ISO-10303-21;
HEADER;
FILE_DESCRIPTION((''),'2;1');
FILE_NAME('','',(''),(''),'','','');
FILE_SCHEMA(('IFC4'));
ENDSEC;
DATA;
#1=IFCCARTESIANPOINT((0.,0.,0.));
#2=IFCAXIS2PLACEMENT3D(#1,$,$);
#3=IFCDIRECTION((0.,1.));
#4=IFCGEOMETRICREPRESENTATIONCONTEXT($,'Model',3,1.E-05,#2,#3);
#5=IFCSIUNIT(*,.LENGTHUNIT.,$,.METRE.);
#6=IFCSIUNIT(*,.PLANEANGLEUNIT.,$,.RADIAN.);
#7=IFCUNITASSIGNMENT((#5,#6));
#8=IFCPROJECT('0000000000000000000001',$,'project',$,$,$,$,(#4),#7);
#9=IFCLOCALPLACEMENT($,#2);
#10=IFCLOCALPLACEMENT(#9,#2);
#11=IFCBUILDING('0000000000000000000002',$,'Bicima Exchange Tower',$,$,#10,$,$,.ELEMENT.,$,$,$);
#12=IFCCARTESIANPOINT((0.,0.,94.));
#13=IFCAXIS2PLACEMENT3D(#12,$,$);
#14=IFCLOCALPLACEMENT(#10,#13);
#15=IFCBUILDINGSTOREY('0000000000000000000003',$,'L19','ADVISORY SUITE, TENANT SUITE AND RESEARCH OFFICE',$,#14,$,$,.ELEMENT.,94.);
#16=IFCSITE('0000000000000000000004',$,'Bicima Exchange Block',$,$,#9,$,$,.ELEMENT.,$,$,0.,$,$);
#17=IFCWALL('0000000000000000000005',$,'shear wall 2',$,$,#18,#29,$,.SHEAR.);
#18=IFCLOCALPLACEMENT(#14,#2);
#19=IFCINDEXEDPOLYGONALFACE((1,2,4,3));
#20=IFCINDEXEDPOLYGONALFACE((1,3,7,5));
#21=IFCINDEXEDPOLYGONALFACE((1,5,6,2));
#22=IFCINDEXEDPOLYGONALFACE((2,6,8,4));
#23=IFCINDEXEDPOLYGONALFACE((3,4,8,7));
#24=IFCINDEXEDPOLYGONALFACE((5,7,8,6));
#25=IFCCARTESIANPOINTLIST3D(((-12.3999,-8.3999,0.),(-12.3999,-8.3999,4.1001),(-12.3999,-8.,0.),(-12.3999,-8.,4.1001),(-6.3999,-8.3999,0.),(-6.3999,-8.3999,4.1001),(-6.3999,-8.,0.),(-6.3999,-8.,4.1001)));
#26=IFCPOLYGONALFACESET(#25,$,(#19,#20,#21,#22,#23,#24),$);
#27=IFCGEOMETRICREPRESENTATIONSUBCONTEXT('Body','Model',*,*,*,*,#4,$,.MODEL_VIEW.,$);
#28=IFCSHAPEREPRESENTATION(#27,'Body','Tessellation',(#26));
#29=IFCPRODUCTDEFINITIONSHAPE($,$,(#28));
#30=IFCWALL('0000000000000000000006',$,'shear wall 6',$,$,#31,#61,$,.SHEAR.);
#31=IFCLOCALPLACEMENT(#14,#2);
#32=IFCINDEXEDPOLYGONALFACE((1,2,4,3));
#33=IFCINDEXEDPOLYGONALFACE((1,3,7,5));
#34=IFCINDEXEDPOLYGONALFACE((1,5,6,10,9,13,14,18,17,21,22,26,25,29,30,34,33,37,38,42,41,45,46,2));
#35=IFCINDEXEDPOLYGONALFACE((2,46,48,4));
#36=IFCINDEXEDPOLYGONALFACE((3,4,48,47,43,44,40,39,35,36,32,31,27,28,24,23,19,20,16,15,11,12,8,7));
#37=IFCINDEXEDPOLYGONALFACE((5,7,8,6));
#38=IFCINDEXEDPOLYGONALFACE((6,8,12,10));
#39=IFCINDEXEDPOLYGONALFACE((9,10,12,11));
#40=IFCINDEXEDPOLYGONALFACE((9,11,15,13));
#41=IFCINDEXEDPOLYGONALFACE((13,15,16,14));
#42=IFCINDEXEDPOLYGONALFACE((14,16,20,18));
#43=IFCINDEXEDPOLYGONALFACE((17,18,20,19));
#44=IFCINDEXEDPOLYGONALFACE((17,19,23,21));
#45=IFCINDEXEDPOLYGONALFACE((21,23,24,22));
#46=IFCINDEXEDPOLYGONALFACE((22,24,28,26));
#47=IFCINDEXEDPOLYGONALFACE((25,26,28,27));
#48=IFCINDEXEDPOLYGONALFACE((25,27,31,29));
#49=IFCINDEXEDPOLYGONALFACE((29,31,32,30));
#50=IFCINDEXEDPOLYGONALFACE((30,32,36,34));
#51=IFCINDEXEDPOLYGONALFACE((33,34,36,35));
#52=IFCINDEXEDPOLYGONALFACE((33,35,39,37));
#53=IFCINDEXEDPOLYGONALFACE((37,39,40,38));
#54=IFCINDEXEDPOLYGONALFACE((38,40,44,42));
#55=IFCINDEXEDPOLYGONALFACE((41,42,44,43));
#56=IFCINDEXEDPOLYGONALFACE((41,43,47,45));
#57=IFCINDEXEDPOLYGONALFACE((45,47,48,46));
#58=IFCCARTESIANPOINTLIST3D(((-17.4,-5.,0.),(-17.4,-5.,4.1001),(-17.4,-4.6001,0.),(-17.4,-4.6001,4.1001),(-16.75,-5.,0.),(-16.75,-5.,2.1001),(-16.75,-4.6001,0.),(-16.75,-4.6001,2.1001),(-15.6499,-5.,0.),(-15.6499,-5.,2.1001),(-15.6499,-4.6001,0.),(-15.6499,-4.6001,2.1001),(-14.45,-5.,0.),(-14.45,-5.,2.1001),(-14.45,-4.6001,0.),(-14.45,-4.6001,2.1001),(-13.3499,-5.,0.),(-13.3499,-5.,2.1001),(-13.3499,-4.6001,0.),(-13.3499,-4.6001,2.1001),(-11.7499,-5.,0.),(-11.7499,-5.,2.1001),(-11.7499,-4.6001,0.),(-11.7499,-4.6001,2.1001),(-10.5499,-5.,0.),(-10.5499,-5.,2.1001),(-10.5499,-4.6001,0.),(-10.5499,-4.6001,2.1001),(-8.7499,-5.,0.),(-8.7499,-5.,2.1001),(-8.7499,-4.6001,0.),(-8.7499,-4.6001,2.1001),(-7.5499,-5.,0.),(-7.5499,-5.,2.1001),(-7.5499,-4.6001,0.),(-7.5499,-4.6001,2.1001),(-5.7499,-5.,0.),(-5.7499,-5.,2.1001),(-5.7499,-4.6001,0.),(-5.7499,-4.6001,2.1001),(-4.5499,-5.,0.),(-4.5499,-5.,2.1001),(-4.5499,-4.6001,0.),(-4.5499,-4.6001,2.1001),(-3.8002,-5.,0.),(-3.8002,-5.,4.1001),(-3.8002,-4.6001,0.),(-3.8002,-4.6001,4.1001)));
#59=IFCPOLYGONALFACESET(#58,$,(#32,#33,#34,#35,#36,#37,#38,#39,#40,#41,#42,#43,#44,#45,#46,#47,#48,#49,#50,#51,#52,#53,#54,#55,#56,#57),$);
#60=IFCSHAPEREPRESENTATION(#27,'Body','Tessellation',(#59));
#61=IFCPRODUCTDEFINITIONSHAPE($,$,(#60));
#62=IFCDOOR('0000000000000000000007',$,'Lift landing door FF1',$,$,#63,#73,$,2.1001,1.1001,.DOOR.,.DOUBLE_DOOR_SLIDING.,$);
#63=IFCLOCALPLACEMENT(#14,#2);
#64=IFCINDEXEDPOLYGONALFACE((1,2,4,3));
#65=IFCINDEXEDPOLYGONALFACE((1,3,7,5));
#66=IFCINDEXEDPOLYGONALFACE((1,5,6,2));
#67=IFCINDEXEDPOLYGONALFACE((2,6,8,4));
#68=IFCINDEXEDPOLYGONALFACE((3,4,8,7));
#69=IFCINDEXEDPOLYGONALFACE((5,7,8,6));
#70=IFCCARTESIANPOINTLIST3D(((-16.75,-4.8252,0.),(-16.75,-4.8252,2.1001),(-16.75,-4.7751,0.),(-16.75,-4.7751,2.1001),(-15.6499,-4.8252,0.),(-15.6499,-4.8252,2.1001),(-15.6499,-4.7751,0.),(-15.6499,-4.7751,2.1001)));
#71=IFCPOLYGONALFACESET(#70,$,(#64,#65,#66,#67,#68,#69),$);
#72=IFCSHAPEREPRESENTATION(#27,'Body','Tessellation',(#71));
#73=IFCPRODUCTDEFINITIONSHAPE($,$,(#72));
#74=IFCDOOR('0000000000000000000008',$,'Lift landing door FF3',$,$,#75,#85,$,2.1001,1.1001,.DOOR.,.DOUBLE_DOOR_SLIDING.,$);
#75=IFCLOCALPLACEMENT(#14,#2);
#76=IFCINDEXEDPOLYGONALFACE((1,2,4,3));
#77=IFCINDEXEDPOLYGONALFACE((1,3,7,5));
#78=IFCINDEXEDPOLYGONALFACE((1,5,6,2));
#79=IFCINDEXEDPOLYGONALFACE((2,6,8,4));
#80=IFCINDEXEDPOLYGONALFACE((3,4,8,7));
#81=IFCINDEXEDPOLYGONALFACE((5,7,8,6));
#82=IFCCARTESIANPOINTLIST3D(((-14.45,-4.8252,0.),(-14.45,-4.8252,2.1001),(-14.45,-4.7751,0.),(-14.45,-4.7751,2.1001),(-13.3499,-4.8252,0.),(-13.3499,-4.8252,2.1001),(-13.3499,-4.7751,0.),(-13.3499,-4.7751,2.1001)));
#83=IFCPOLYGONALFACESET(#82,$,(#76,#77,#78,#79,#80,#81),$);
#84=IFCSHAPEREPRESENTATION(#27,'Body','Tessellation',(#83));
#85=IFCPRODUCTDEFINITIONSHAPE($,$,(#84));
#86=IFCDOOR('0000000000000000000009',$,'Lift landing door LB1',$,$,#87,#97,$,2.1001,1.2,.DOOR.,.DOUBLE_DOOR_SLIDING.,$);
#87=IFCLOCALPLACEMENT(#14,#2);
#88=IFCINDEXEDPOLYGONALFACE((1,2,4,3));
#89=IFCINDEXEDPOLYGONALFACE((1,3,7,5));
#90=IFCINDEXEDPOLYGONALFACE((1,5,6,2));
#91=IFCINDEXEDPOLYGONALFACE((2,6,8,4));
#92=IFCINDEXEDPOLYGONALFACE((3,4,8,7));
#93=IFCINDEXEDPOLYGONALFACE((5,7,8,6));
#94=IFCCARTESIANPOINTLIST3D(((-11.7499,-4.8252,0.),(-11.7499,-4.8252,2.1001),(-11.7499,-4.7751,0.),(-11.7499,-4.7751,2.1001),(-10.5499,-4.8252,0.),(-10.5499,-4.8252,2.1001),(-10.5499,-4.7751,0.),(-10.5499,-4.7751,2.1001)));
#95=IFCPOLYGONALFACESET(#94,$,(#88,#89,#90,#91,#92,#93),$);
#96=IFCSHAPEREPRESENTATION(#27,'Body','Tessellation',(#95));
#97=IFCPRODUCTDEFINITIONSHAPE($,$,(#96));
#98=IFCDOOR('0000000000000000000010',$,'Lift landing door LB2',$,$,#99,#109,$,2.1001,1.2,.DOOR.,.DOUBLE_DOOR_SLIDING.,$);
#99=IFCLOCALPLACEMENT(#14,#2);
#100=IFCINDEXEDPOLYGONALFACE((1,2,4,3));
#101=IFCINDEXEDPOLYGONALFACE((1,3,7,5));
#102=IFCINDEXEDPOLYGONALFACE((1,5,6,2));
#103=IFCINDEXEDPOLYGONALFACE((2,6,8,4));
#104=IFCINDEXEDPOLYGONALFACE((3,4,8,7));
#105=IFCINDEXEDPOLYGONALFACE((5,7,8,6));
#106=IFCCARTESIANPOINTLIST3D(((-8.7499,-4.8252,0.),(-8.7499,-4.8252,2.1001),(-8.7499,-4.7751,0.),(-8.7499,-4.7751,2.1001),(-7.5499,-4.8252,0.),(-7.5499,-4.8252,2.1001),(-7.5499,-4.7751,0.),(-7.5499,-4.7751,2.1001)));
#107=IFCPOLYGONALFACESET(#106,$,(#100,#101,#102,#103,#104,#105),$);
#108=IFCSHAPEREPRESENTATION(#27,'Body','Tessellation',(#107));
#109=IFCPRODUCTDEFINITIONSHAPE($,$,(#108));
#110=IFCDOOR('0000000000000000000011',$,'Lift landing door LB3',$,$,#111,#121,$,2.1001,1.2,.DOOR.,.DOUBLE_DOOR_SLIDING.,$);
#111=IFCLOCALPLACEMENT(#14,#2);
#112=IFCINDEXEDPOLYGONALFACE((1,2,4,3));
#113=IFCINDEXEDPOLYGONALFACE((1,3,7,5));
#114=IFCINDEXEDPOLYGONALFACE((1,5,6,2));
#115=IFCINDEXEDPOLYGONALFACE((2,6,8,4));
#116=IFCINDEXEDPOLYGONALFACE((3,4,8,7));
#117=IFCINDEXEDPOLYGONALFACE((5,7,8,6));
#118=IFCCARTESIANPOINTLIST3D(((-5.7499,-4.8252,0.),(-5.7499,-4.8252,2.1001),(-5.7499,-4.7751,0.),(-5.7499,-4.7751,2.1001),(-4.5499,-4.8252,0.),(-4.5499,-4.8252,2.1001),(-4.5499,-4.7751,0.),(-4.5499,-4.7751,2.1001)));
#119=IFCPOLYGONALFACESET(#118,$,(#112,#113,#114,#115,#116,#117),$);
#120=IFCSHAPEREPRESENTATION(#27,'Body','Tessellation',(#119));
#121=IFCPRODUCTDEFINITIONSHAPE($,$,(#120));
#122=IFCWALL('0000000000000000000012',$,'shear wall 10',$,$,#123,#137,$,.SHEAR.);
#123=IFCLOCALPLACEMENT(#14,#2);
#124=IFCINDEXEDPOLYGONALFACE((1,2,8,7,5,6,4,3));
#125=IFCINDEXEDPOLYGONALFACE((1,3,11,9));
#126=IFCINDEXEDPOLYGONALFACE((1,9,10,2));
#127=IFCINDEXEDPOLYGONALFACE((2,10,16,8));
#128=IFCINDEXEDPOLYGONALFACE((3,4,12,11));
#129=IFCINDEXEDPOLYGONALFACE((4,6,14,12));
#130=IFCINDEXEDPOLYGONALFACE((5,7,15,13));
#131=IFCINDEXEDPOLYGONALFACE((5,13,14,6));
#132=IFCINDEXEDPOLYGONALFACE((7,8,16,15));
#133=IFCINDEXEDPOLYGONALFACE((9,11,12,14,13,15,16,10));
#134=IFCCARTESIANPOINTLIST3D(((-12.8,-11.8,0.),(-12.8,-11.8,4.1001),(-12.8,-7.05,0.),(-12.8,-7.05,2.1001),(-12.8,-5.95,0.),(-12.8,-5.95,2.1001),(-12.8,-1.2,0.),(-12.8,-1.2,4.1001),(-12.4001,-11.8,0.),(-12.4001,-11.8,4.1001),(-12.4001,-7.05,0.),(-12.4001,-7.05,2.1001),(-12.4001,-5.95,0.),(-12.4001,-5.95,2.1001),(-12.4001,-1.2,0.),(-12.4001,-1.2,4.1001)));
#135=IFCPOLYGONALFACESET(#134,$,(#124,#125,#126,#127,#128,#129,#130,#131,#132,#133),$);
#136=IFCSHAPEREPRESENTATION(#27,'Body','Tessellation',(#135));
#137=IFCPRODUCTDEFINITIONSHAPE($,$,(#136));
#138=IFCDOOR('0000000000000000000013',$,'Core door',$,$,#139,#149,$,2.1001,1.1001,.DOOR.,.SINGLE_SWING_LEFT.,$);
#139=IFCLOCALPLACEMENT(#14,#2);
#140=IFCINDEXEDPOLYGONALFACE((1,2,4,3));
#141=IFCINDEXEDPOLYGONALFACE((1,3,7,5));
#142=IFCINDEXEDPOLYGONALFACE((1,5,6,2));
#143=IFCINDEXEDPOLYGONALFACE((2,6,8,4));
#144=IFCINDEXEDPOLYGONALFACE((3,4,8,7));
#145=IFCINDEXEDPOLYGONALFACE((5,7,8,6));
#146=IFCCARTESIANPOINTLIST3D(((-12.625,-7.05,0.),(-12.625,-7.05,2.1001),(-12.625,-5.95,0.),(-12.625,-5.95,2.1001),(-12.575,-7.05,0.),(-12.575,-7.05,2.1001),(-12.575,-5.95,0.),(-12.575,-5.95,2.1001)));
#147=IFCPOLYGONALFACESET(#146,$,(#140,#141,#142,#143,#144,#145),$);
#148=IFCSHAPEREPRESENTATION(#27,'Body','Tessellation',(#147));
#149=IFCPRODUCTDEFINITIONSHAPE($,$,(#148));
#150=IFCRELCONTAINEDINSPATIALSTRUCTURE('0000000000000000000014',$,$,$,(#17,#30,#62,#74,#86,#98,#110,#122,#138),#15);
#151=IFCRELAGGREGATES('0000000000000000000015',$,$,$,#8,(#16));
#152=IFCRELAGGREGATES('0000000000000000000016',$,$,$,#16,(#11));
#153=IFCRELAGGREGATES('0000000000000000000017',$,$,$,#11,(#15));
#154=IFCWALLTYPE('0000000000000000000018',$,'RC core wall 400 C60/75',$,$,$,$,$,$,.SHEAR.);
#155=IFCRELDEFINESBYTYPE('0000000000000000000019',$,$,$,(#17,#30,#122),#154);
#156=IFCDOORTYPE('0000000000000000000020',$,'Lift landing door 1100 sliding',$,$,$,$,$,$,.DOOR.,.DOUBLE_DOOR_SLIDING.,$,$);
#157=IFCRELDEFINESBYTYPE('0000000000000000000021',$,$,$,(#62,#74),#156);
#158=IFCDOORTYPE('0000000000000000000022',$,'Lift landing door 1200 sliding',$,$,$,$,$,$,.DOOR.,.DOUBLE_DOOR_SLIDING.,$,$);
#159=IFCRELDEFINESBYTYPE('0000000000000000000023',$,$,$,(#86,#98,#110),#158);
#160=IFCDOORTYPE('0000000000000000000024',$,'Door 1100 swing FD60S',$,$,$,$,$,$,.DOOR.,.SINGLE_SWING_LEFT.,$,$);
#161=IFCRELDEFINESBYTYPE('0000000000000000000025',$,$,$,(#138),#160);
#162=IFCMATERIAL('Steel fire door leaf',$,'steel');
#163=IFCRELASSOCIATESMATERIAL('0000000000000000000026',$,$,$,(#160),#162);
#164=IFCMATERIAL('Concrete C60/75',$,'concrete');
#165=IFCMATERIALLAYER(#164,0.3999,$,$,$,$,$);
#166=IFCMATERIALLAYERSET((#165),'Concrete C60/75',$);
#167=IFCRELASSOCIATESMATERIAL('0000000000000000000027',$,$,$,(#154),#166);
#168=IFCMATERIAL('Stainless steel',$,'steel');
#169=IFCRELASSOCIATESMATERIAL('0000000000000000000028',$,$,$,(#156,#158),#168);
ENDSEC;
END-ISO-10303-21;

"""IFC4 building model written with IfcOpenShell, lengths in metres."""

from ifc_helpers import new_model, si_unit, direction, frame, frame_2d, origin, place, context, subcontext, project, spatial, rectangle, extrude, material, layer, layer_set, type_object, element, fill, save


model = new_model("IFC4")

# Units and contexts
model_context = context("Model", 3, precision=1e-05, world=origin(), true_north=direction((0.0, 1.0)))
body_context = subcontext(model_context, "Body", "Model", "MODEL_VIEW")
ifc_project = project(units=[si_unit("LENGTHUNIT", "METRE"), si_unit("PLANEANGLEUNIT", "RADIAN")], contexts=[model_context])

# Site, building, storey
site_placement = place(None, origin())
site = spatial("IfcSite", under=ifc_project, at=site_placement, Name="Bicima Exchange Block", CompositionType="ELEMENT", RefElevation=0.0)
building_placement = place(site_placement, origin())
building = spatial("IfcBuilding", under=site, at=building_placement, Name="Bicima Exchange Tower", CompositionType="ELEMENT")
storey_placement = place(building_placement, frame((0.0, 0.0, 94.0)))
storey = spatial("IfcBuildingStorey", under=building, at=storey_placement, Name="L19", Description="ADVISORY SUITE, TENANT SUITE AND RESEARCH OFFICE", CompositionType="ELEMENT", Elevation=94.0)

# Shared definitions
ifc_material_1 = material(Name="Concrete C60/75", Category="concrete")

# Shared definitions
ifc_material_2 = material(Name="Steel fire door leaf", Category="steel")

# Shared definitions
door_type_1 = type_object("IfcDoorType", Name="Door 1100 swing FD60S", OperationType="SINGLE_SWING_LEFT", PredefinedType="DOOR", material=ifc_material_2)

# Wall
ifc_layer_1 = layer(ifc_material_1, 0.3999)
ifc_layer_set_1 = layer_set([ifc_layer_1], Name="Concrete C60/75")
wall_type_1 = type_object("IfcWallType", Name="RC core wall 400 C60/75", PredefinedType="SHEAR", material=ifc_layer_set_1)
wall_1_placement = place(storey_placement, frame((-12.3999, -8.2, 0.0), z_axis=(0.0, 0.0, 1.0), x_axis=(1.0, 0.0, 0.0)))
element("IfcWall", 1, at=wall_1_placement, inside=storey, type_object=wall_type_1, Name="shear wall 2", PredefinedType="SHEAR", context=body_context, shape_type="SweptSolid", body=[
    extrude(rectangle(XDim=6.0, YDim=0.3999, at=frame_2d((3.0, 0.0))), origin(), (0.0, 0.0, 1.0), 4.1001),
])

# Wall, openings, doors
wall_2_placement = place(storey_placement, frame((-17.3999, -4.8, 0.0), z_axis=(0.0, 0.0, 1.0), x_axis=(1.0, 0.0, 0.0)))
wall_2 = element("IfcWall", 2, at=wall_2_placement, inside=storey, type_object=wall_type_1, Name="shear wall 6", PredefinedType="SHEAR", context=body_context, shape_type="SweptSolid", body=[
    extrude(rectangle(XDim=13.5999, YDim=0.3999, at=frame_2d((6.7998, 0.0))), origin(), (0.0, 0.0, 1.0), 4.1001),
])
opening_1_placement = place(wall_2_placement, frame((0.6499, 0.0, 0.0)))
opening_1 = element("IfcOpeningElement", 3, at=opening_1_placement, cuts=wall_2, PredefinedType="OPENING", context=body_context, shape_type="SweptSolid", body=[
    extrude(rectangle(XDim=1.1001, YDim=2.1001, at=frame_2d((0.55, 1.05))), frame((0.0, 0.2119, 0.0), z_axis=(0.0, -1.0, 0.0), x_axis=(1.0, 0.0, 0.0)), (0.0, 0.0, 1.0), 0.4238),
])
opening_2_placement = place(wall_2_placement, frame((2.95, 0.0, 0.0)))
opening_2 = element("IfcOpeningElement", 4, at=opening_2_placement, cuts=wall_2, PredefinedType="OPENING", context=body_context, shape_type="SweptSolid", body=[
    extrude(rectangle(XDim=1.1001, YDim=2.1001, at=frame_2d((0.55, 1.05))), frame((0.0, 0.2119, 0.0), z_axis=(0.0, -1.0, 0.0), x_axis=(1.0, 0.0, 0.0)), (0.0, 0.0, 1.0), 0.4238),
])
opening_3_placement = place(wall_2_placement, frame((5.6499, 0.0, 0.0)))
opening_3 = element("IfcOpeningElement", 5, at=opening_3_placement, cuts=wall_2, PredefinedType="OPENING", context=body_context, shape_type="SweptSolid", body=[
    extrude(rectangle(XDim=1.2, YDim=2.1001, at=frame_2d((0.6001, 1.05))), frame((0.0, 0.2119, 0.0), z_axis=(0.0, -1.0, 0.0), x_axis=(1.0, 0.0, 0.0)), (0.0, 0.0, 1.0), 0.4238),
])
opening_4_placement = place(wall_2_placement, frame((8.6499, 0.0, 0.0)))
opening_4 = element("IfcOpeningElement", 6, at=opening_4_placement, cuts=wall_2, PredefinedType="OPENING", context=body_context, shape_type="SweptSolid", body=[
    extrude(rectangle(XDim=1.2, YDim=2.1001, at=frame_2d((0.6001, 1.05))), frame((0.0, 0.2119, 0.0), z_axis=(0.0, -1.0, 0.0), x_axis=(1.0, 0.0, 0.0)), (0.0, 0.0, 1.0), 0.4238),
])
opening_5_placement = place(wall_2_placement, frame((11.6499, 0.0, 0.0)))
opening_5 = element("IfcOpeningElement", 7, at=opening_5_placement, cuts=wall_2, PredefinedType="OPENING", context=body_context, shape_type="SweptSolid", body=[
    extrude(rectangle(XDim=1.2, YDim=2.1001, at=frame_2d((0.6001, 1.05))), frame((0.0, 0.2119, 0.0), z_axis=(0.0, -1.0, 0.0), x_axis=(1.0, 0.0, 0.0)), (0.0, 0.0, 1.0), 0.4238),
])
ifc_material_3 = material(Name="Stainless steel", Category="steel")
door_type_2 = type_object("IfcDoorType", Name="Lift landing door 1100 sliding", OperationType="DOUBLE_DOOR_SLIDING", PredefinedType="DOOR", material=ifc_material_3)
door_1_placement = place(opening_1_placement, origin())
door_1 = element("IfcDoor", 8, at=door_1_placement, inside=storey, type_object=door_type_2, Name="Lift landing door FF1", OperationType="DOUBLE_DOOR_SLIDING", OverallHeight=2.1001, OverallWidth=1.1001, PredefinedType="DOOR", context=body_context, shape_type="SweptSolid", body=[
    extrude(rectangle(XDim=1.1001, YDim=2.1001, at=frame_2d((0.55, 1.05))), frame((0.0, 0.0249, 0.0), z_axis=(0.0, -1.0, 0.0), x_axis=(1.0, 0.0, 0.0)), (0.0, 0.0, 1.0), 0.05),
])
fill(opening_1, door_1)
door_2_placement = place(opening_2_placement, origin())
door_2 = element("IfcDoor", 9, at=door_2_placement, inside=storey, type_object=door_type_2, Name="Lift landing door FF3", OperationType="DOUBLE_DOOR_SLIDING", OverallHeight=2.1001, OverallWidth=1.1001, PredefinedType="DOOR", context=body_context, shape_type="SweptSolid", body=[
    extrude(rectangle(XDim=1.1001, YDim=2.1001, at=frame_2d((0.55, 1.05))), frame((0.0, 0.0249, 0.0), z_axis=(0.0, -1.0, 0.0), x_axis=(1.0, 0.0, 0.0)), (0.0, 0.0, 1.0), 0.05),
])
fill(opening_2, door_2)
door_type_3 = type_object("IfcDoorType", Name="Lift landing door 1200 sliding", OperationType="DOUBLE_DOOR_SLIDING", PredefinedType="DOOR", material=ifc_material_3)
door_3_placement = place(opening_3_placement, origin())
door_3 = element("IfcDoor", 10, at=door_3_placement, inside=storey, type_object=door_type_3, Name="Lift landing door LB1", OperationType="DOUBLE_DOOR_SLIDING", OverallHeight=2.1001, OverallWidth=1.2, PredefinedType="DOOR", context=body_context, shape_type="SweptSolid", body=[
    extrude(rectangle(XDim=1.2, YDim=2.1001, at=frame_2d((0.6001, 1.05))), frame((0.0, 0.0249, 0.0), z_axis=(0.0, -1.0, 0.0), x_axis=(1.0, 0.0, 0.0)), (0.0, 0.0, 1.0), 0.05),
])
fill(opening_3, door_3)
door_4_placement = place(opening_4_placement, origin())
door_4 = element("IfcDoor", 11, at=door_4_placement, inside=storey, type_object=door_type_3, Name="Lift landing door LB2", OperationType="DOUBLE_DOOR_SLIDING", OverallHeight=2.1001, OverallWidth=1.2, PredefinedType="DOOR", context=body_context, shape_type="SweptSolid", body=[
    extrude(rectangle(XDim=1.2, YDim=2.1001, at=frame_2d((0.6001, 1.05))), frame((0.0, 0.0249, 0.0), z_axis=(0.0, -1.0, 0.0), x_axis=(1.0, 0.0, 0.0)), (0.0, 0.0, 1.0), 0.05),
])
fill(opening_4, door_4)
door_5_placement = place(opening_5_placement, origin())
door_5 = element("IfcDoor", 12, at=door_5_placement, inside=storey, type_object=door_type_3, Name="Lift landing door LB3", OperationType="DOUBLE_DOOR_SLIDING", OverallHeight=2.1001, OverallWidth=1.2, PredefinedType="DOOR", context=body_context, shape_type="SweptSolid", body=[
    extrude(rectangle(XDim=1.2, YDim=2.1001, at=frame_2d((0.6001, 1.05))), frame((0.0, 0.0249, 0.0), z_axis=(0.0, -1.0, 0.0), x_axis=(1.0, 0.0, 0.0)), (0.0, 0.0, 1.0), 0.05),
])
fill(opening_5, door_5)

# Wall, opening, door
wall_3_placement = place(storey_placement, frame((-12.6001, -11.8, 0.0), z_axis=(0.0, 0.0, 1.0), x_axis=(0.0, 1.0, 0.0)))
wall_3 = element("IfcWall", 13, at=wall_3_placement, inside=storey, type_object=wall_type_1, Name="shear wall 10", PredefinedType="SHEAR", context=body_context, shape_type="SweptSolid", body=[
    extrude(rectangle(XDim=10.6001, YDim=0.3999, at=frame_2d((5.3, 0.0))), origin(), (0.0, 0.0, 1.0), 4.1001),
])
opening_6_placement = place(wall_3_placement, frame((4.75, 0.0, 0.0)))
opening_6 = element("IfcOpeningElement", 14, at=opening_6_placement, cuts=wall_3, PredefinedType="OPENING", context=body_context, shape_type="SweptSolid", body=[
    extrude(rectangle(XDim=1.1001, YDim=2.1001, at=frame_2d((0.55, 1.05))), frame((0.0, 0.2119, 0.0), z_axis=(0.0, -1.0, 0.0), x_axis=(1.0, 0.0, 0.0)), (0.0, 0.0, 1.0), 0.4238),
])
door_6_placement = place(opening_6_placement, origin())
door_6 = element("IfcDoor", 15, at=door_6_placement, inside=storey, type_object=door_type_1, Name="Core door", OperationType="SINGLE_SWING_LEFT", OverallHeight=2.1001, OverallWidth=1.1001, PredefinedType="DOOR", context=body_context, shape_type="SweptSolid", body=[
    extrude(rectangle(XDim=1.1001, YDim=2.1001, at=frame_2d((0.55, 1.05))), frame((0.0, 0.0249, 0.0), z_axis=(0.0, -1.0, 0.0), x_axis=(1.0, 0.0, 0.0)), (0.0, 0.0, 1.0), 0.05),
])
fill(opening_6, door_6)

save(model, "model.ifc")
